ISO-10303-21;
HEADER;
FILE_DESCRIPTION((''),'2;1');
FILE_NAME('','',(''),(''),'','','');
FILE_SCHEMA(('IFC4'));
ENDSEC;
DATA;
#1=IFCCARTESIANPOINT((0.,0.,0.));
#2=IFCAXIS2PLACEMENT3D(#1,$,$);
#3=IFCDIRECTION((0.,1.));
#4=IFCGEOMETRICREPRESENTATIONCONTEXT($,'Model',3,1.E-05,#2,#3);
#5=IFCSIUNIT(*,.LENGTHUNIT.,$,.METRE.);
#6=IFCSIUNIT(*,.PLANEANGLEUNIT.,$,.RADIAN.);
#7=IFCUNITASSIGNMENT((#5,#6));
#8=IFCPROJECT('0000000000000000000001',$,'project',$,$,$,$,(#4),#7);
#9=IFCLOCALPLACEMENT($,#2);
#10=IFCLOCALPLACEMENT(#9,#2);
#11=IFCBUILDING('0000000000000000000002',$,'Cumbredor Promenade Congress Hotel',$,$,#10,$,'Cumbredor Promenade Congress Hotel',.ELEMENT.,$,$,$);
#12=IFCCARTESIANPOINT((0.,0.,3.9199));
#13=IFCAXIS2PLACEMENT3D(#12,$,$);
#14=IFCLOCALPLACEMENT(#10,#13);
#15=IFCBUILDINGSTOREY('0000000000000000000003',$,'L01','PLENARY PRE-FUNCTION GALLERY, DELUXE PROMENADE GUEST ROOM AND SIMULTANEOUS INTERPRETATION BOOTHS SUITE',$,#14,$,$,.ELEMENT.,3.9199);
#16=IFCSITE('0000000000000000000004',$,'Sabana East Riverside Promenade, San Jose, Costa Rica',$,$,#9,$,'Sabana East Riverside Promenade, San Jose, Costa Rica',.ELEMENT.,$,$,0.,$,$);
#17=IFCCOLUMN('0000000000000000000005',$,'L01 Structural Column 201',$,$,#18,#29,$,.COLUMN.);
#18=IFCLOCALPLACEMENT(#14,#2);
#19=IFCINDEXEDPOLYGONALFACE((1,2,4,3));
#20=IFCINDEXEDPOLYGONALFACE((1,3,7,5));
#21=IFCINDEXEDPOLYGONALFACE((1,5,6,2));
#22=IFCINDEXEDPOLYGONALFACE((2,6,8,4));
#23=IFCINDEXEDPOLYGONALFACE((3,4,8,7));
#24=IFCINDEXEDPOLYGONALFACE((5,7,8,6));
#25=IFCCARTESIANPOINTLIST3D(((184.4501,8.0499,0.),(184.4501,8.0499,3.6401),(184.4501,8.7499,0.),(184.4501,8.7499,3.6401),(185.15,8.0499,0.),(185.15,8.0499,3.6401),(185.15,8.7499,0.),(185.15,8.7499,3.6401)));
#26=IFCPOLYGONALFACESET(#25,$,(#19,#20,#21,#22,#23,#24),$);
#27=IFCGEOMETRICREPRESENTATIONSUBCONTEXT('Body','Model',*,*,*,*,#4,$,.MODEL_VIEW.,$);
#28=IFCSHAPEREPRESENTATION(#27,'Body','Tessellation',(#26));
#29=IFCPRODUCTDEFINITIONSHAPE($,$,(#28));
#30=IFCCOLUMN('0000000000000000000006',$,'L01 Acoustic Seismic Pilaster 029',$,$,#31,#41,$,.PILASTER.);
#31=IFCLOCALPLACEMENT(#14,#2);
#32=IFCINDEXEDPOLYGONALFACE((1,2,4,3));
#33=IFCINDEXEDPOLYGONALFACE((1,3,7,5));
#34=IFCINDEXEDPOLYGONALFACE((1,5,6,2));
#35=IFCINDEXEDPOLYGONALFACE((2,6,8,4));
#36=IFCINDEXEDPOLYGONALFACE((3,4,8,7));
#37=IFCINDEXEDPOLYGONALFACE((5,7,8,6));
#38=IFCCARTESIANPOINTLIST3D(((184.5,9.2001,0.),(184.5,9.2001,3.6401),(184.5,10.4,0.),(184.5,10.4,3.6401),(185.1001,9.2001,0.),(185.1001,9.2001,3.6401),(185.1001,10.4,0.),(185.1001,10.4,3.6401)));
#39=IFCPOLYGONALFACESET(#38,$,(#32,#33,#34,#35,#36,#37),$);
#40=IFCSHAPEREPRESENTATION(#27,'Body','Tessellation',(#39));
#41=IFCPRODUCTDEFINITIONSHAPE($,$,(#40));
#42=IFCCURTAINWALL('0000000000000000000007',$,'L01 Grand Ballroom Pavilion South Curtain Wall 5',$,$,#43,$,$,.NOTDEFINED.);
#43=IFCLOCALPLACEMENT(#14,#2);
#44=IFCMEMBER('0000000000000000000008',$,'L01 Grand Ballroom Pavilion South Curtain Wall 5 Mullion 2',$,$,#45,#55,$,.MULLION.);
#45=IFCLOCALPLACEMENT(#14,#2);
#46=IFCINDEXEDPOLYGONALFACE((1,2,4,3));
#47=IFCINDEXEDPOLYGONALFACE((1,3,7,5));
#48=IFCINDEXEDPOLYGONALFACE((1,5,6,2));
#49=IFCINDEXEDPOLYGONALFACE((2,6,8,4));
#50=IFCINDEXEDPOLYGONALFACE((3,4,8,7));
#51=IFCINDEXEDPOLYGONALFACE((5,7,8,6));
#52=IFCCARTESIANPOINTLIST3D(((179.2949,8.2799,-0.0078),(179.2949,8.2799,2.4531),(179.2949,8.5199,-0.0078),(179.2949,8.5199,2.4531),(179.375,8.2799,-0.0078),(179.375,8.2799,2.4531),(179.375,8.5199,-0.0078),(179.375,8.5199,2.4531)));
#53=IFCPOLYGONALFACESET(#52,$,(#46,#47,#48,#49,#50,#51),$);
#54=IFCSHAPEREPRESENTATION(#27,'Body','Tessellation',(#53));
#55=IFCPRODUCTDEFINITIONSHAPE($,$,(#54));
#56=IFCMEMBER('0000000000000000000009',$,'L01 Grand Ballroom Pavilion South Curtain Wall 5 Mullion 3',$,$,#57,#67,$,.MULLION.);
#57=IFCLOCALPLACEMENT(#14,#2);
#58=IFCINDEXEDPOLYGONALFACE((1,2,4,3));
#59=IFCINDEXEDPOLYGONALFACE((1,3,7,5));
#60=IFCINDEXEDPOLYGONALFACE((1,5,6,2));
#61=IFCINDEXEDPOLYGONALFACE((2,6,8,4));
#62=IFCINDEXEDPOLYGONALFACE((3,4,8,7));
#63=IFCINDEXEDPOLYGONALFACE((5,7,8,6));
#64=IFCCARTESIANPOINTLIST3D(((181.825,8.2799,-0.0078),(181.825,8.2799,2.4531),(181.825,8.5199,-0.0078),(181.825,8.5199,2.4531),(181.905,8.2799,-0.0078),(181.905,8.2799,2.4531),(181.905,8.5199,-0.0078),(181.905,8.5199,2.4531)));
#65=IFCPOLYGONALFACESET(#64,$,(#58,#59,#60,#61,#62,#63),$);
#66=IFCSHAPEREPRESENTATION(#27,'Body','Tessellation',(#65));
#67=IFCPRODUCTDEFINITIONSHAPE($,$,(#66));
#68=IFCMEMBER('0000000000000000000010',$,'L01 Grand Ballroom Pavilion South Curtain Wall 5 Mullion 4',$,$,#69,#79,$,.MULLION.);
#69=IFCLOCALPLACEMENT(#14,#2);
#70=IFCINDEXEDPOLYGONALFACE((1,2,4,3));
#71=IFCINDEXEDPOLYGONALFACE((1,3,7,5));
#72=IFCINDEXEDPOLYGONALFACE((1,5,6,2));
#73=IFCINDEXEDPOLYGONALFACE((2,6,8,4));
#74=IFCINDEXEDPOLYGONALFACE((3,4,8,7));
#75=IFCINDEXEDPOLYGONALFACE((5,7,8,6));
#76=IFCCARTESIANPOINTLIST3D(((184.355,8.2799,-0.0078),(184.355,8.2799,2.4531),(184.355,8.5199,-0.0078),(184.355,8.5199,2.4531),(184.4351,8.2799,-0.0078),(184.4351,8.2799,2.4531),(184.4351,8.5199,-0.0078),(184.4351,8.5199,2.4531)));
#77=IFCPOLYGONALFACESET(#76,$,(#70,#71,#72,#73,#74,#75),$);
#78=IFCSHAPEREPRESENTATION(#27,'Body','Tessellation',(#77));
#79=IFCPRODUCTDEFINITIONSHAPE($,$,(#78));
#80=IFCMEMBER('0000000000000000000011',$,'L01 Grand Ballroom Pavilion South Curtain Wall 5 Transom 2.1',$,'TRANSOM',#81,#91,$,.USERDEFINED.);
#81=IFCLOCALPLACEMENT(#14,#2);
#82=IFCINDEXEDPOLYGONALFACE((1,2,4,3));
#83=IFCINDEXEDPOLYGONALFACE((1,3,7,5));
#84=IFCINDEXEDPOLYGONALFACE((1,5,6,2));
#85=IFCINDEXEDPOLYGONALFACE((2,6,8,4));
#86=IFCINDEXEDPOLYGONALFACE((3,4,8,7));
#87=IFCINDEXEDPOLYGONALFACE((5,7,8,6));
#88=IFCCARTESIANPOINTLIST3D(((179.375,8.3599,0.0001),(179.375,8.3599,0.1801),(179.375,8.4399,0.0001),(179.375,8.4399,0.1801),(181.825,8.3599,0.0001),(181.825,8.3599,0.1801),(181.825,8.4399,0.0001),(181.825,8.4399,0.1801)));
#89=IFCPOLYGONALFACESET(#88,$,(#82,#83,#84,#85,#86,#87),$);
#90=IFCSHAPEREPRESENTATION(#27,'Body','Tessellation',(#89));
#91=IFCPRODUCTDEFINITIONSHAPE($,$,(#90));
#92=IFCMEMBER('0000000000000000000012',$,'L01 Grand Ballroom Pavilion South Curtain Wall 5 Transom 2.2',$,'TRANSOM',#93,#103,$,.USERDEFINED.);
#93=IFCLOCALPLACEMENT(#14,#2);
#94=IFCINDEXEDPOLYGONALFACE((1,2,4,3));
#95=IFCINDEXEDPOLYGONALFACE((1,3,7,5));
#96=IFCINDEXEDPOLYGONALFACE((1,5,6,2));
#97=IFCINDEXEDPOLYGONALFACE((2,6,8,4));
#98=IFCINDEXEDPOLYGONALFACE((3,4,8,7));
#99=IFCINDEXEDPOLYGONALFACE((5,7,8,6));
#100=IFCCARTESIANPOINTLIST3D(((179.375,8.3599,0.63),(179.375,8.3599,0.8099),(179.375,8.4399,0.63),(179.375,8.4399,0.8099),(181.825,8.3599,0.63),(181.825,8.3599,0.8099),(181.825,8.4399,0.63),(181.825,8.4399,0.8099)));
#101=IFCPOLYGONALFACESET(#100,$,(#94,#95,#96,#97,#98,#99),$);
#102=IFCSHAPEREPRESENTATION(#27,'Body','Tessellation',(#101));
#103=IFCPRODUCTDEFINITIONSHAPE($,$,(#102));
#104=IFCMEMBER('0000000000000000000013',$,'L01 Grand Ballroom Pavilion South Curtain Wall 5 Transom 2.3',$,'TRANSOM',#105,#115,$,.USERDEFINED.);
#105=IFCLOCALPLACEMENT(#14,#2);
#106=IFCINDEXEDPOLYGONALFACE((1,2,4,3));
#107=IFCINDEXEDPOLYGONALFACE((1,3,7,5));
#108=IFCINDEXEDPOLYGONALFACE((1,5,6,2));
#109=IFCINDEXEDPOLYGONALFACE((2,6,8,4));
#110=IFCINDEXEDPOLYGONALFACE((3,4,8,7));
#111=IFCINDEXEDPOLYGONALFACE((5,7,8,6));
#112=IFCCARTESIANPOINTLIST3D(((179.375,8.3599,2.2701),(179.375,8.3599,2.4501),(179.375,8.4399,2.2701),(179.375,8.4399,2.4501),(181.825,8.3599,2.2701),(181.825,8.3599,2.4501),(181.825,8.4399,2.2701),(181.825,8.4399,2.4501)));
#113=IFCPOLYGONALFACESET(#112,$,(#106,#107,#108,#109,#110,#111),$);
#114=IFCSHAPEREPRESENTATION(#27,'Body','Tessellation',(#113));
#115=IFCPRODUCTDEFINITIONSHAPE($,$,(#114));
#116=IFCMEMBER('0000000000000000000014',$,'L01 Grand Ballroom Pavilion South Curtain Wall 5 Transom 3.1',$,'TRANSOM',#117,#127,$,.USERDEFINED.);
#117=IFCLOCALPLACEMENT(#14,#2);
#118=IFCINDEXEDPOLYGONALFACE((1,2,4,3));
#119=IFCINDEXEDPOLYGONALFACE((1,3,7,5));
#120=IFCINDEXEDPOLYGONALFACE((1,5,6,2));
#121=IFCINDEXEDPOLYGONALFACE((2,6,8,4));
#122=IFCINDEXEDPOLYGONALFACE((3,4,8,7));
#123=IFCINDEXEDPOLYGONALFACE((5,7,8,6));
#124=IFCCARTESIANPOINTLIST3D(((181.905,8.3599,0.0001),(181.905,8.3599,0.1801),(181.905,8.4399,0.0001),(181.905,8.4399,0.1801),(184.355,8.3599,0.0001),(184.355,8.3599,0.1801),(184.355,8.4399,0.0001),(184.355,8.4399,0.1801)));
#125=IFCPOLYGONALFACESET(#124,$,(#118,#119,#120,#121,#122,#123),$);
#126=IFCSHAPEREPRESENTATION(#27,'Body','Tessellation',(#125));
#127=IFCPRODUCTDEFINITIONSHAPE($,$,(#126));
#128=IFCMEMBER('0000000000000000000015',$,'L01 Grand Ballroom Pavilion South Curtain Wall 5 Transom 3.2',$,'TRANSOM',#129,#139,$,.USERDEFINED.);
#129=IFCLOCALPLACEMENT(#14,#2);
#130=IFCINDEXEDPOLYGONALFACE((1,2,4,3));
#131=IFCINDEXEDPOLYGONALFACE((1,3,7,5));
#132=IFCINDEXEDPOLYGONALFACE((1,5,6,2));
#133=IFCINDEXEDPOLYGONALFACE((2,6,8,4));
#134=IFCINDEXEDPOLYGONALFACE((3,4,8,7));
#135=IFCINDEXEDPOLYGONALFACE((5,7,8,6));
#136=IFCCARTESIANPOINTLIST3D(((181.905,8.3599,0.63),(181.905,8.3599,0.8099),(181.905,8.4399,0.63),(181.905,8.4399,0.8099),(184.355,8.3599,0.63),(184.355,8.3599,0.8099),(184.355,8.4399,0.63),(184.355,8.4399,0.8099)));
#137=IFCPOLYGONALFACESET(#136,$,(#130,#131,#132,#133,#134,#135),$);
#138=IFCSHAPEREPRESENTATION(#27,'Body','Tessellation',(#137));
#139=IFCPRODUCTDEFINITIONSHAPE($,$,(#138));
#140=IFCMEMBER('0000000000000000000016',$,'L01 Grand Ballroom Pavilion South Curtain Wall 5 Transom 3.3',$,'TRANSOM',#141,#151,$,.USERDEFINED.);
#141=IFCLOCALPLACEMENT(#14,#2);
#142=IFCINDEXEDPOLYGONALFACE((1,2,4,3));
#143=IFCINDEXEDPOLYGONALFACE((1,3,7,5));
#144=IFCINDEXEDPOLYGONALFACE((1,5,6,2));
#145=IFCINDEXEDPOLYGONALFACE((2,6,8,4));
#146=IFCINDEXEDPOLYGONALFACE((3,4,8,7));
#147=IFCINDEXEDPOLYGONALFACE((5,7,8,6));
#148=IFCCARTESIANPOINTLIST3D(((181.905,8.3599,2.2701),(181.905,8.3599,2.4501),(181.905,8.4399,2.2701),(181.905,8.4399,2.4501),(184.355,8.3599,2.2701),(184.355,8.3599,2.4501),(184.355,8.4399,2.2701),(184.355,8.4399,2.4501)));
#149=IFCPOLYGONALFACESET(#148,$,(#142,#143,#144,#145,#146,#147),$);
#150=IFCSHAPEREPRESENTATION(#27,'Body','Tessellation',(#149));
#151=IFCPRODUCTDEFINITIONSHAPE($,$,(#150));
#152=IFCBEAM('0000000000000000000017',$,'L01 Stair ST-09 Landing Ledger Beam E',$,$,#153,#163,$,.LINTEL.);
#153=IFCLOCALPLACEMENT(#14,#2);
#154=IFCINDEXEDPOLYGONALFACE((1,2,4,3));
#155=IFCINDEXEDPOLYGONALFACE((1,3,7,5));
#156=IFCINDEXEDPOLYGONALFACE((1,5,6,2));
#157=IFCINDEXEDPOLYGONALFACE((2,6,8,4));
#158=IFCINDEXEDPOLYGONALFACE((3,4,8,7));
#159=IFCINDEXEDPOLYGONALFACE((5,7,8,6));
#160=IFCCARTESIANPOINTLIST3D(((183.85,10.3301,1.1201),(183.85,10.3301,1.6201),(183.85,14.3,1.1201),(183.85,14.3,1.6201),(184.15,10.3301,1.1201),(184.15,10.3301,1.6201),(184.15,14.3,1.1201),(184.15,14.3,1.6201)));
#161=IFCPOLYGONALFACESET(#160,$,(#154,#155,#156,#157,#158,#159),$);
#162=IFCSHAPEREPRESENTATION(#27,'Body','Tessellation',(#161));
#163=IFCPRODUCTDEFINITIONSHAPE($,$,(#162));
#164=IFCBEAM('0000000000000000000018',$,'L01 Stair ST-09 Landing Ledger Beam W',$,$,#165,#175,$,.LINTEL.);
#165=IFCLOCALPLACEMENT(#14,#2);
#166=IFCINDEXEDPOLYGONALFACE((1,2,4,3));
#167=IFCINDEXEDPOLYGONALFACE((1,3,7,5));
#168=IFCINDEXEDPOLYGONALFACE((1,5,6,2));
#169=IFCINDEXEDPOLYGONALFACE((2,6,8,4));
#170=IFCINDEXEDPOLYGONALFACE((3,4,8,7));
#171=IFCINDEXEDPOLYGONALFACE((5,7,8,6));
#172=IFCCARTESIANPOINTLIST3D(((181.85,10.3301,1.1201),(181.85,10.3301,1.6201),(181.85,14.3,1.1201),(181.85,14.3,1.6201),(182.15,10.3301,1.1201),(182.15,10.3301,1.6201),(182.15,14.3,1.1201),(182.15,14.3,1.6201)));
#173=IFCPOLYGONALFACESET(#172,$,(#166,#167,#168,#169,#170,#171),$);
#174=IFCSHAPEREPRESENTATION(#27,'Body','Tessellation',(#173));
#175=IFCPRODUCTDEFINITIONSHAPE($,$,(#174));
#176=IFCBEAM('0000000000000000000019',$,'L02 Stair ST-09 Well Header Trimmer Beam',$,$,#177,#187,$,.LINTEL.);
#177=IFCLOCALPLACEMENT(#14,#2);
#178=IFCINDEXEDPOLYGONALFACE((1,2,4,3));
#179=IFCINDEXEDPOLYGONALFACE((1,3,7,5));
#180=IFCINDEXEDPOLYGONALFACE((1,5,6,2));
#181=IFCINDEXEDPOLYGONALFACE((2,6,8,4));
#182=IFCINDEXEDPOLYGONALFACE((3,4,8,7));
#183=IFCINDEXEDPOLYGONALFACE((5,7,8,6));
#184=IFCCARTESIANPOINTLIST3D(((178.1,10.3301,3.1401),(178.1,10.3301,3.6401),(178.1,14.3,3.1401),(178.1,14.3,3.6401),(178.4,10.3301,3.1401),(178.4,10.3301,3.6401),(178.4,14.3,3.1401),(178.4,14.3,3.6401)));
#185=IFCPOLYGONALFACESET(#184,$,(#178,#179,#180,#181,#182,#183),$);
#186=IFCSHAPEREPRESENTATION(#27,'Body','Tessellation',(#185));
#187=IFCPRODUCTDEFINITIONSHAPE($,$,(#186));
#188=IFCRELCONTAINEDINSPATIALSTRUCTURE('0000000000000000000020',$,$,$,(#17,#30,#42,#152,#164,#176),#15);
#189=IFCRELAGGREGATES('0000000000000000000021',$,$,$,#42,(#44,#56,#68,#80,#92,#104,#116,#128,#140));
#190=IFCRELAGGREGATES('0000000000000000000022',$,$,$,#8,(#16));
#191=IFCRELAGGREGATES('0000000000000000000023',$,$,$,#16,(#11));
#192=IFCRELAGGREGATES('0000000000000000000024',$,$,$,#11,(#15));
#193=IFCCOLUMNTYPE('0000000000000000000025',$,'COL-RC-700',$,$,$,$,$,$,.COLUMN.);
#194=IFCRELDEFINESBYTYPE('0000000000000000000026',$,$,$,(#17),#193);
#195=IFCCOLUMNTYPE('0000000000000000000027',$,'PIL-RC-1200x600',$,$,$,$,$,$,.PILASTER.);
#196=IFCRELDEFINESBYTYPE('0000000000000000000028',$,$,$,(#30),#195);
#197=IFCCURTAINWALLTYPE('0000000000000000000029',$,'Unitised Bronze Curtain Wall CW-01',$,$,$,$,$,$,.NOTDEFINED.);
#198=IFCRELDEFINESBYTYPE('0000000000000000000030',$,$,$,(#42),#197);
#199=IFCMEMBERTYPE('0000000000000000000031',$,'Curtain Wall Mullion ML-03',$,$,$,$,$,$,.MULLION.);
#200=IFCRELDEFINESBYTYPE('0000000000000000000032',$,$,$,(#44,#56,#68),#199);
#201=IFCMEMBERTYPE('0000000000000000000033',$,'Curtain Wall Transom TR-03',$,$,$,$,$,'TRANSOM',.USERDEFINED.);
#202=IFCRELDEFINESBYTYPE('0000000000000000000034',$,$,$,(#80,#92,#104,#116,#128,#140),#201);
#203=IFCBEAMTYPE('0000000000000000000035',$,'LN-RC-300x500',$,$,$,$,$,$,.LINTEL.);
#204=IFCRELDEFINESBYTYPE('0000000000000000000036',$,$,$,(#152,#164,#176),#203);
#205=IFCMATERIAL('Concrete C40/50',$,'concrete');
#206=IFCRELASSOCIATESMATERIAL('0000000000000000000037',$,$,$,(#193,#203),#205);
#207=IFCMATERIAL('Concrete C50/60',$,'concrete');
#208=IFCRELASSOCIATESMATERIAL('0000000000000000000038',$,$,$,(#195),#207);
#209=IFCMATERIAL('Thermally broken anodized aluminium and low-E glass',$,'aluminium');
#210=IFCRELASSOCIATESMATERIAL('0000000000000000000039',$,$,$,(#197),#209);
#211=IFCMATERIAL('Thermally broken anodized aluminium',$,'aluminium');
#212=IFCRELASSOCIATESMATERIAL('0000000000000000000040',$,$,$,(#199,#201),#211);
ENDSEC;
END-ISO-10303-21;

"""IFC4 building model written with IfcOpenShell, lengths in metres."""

from ifc_helpers import new_model, si_unit, direction, frame, origin, origin_2d, place, context, subcontext, project, spatial, rectangle, extrude, material, material_profile, profile_set, type_object, element, aggregate, save


model = new_model("IFC4")

# Units and contexts
model_context = context("Model", 3, precision=1e-05, world=origin(), true_north=direction((0.0, 1.0)))
body_context = subcontext(model_context, "Body", "Model", "MODEL_VIEW")
ifc_project = project(units=[si_unit("LENGTHUNIT", "METRE"), si_unit("PLANEANGLEUNIT", "RADIAN")], contexts=[model_context])

# Site, building, storey
site_placement = place(None, origin())
site = spatial("IfcSite", under=ifc_project, at=site_placement, Name="Sabana East Riverside Promenade, San Jose, Costa Rica", LongName="Sabana East Riverside Promenade, San Jose, Costa Rica", CompositionType="ELEMENT", RefElevation=0.0)
building_placement = place(site_placement, origin())
building = spatial("IfcBuilding", under=site, at=building_placement, Name="Cumbredor Promenade Congress Hotel", LongName="Cumbredor Promenade Congress Hotel", CompositionType="ELEMENT")
storey_placement = place(building_placement, frame((0.0, 0.0, 3.9199)))
storey = spatial("IfcBuildingStorey", under=building, at=storey_placement, Name="L01", Description="PLENARY PRE-FUNCTION GALLERY, DELUXE PROMENADE GUEST ROOM AND SIMULTANEOUS INTERPRETATION BOOTHS SUITE", CompositionType="ELEMENT", Elevation=3.9199)

# Columns
ifc_material_1 = material(Name="Concrete C40/50", Category="concrete")
ifc_material_profile_1 = material_profile(ifc_material_1, rectangle(XDim=0.7, YDim=0.7, at=origin_2d()), Name="RC 700x700")
ifc_profile_set_1 = profile_set([ifc_material_profile_1], Name="Concrete C40/50")
column_type_1 = type_object("IfcColumnType", Name="COL-RC-700", PredefinedType="COLUMN", material=ifc_profile_set_1)
column_1_placement = place(storey_placement, frame((184.8, 8.3999, 0.0), z_axis=(0.0, 0.0, 1.0), x_axis=(1.0, 0.0, 0.0)))
element("IfcColumn", 1, at=column_1_placement, inside=storey, type_object=column_type_1, Name="L01 Structural Column 201", PredefinedType="COLUMN", context=body_context, shape_type="SweptSolid", body=[
    extrude(rectangle(XDim=0.7, YDim=0.7, at=origin_2d()), origin(), (0.0, 0.0, 1.0), 3.6401),
])
ifc_material_2 = material(Name="Concrete C50/60", Category="concrete")
ifc_material_profile_2 = material_profile(ifc_material_2, rectangle(XDim=0.6001, YDim=1.2, at=origin_2d()), Name="RC PILASTER 1200x600")
ifc_profile_set_2 = profile_set([ifc_material_profile_2], Name="Concrete C50/60")
column_type_2 = type_object("IfcColumnType", Name="PIL-RC-1200x600", PredefinedType="PILASTER", material=ifc_profile_set_2)
column_2_placement = place(storey_placement, frame((184.8, 9.8, 0.0), z_axis=(0.0, 0.0, 1.0), x_axis=(1.0, 0.0, 0.0)))
element("IfcColumn", 2, at=column_2_placement, inside=storey, type_object=column_type_2, Name="L01 Acoustic Seismic Pilaster 029", PredefinedType="PILASTER", context=body_context, shape_type="SweptSolid", body=[
    extrude(rectangle(XDim=0.6001, YDim=1.2, at=origin_2d()), origin(), (0.0, 0.0, 1.0), 3.6401),
])

# Curtain wall, members
ifc_material_3 = material(Name="Thermally broken anodized aluminium and low-E glass", Category="aluminium")
curtain_wall_type = type_object("IfcCurtainWallType", Name="Unitised Bronze Curtain Wall CW-01", PredefinedType="NOTDEFINED", material=ifc_material_3)
curtain_wall_placement = place(storey_placement, origin())
curtain_wall = element("IfcCurtainWall", 3, at=curtain_wall_placement, inside=storey, type_object=curtain_wall_type, Name="L01 Grand Ballroom Pavilion South Curtain Wall 5", PredefinedType="NOTDEFINED")
ifc_material_4 = material(Name="Thermally broken anodized aluminium", Category="aluminium")
ifc_material_profile_3 = material_profile(ifc_material_4, rectangle(XDim=0.0801, YDim=0.24, at=origin_2d()), Name="ALU MULLION 80x240")
ifc_profile_set_3 = profile_set([ifc_material_profile_3], Name="Thermally broken anodized aluminium")
member_type_1 = type_object("IfcMemberType", Name="Curtain Wall Mullion ML-03", PredefinedType="MULLION", material=ifc_profile_set_3)
member_1_placement = place(storey_placement, frame((179.335, 8.3999, -0.0078), z_axis=(0.0, 0.0, 1.0), x_axis=(1.0, 0.0, 0.0)))
member_1 = element("IfcMember", 4, at=member_1_placement, type_object=member_type_1, Name="L01 Grand Ballroom Pavilion South Curtain Wall 5 Mullion 2", PredefinedType="MULLION", context=body_context, shape_type="SweptSolid", body=[
    extrude(rectangle(XDim=0.0801, YDim=0.24, at=origin_2d()), origin(), (0.0, 0.0, 1.0), 2.4609),
])
member_2_placement = place(storey_placement, frame((181.865, 8.3999, -0.0078), z_axis=(0.0, 0.0, 1.0), x_axis=(1.0, 0.0, 0.0)))
member_2 = element("IfcMember", 5, at=member_2_placement, type_object=member_type_1, Name="L01 Grand Ballroom Pavilion South Curtain Wall 5 Mullion 3", PredefinedType="MULLION", context=body_context, shape_type="SweptSolid", body=[
    extrude(rectangle(XDim=0.0801, YDim=0.24, at=origin_2d()), origin(), (0.0, 0.0, 1.0), 2.4609),
])
member_3_placement = place(storey_placement, frame((184.395, 8.3999, -0.0078), z_axis=(0.0, 0.0, 1.0), x_axis=(1.0, 0.0, 0.0)))
member_3 = element("IfcMember", 6, at=member_3_placement, type_object=member_type_1, Name="L01 Grand Ballroom Pavilion South Curtain Wall 5 Mullion 4", PredefinedType="MULLION", context=body_context, shape_type="SweptSolid", body=[
    extrude(rectangle(XDim=0.0801, YDim=0.24, at=origin_2d()), origin(), (0.0, 0.0, 1.0), 2.4609),
])
ifc_material_profile_4 = material_profile(ifc_material_4, rectangle(XDim=0.0801, YDim=0.1799, at=origin_2d()), Name="ALU TRANSOM 80x180")
ifc_profile_set_4 = profile_set([ifc_material_profile_4], Name="Thermally broken anodized aluminium")
member_type_2 = type_object("IfcMemberType", Name="Curtain Wall Transom TR-03", ElementType="TRANSOM", PredefinedType="USERDEFINED", material=ifc_profile_set_4)
member_4_placement = place(storey_placement, frame((179.375, 8.3999, 0.0901), z_axis=(1.0, 0.0, 0.0), x_axis=(0.0, 1.0, 0.0)))
member_4 = element("IfcMember", 7, at=member_4_placement, type_object=member_type_2, Name="L01 Grand Ballroom Pavilion South Curtain Wall 5 Transom 2.1", ObjectType="TRANSOM", PredefinedType="USERDEFINED", context=body_context, shape_type="SweptSolid", body=[
    extrude(rectangle(XDim=0.0801, YDim=0.1799, at=origin_2d()), origin(), (0.0, 0.0, 1.0), 2.45),
])
member_5_placement = place(storey_placement, frame((179.375, 8.3999, 0.72), z_axis=(1.0, 0.0, 0.0), x_axis=(0.0, 1.0, 0.0)))
member_5 = element("IfcMember", 8, at=member_5_placement, type_object=member_type_2, Name="L01 Grand Ballroom Pavilion South Curtain Wall 5 Transom 2.2", ObjectType="TRANSOM", PredefinedType="USERDEFINED", context=body_context, shape_type="SweptSolid", body=[
    extrude(rectangle(XDim=0.0801, YDim=0.1799, at=origin_2d()), origin(), (0.0, 0.0, 1.0), 2.45),
])
member_6_placement = place(storey_placement, frame((179.375, 8.3999, 2.3601), z_axis=(1.0, 0.0, 0.0), x_axis=(0.0, 1.0, 0.0)))
member_6 = element("IfcMember", 9, at=member_6_placement, type_object=member_type_2, Name="L01 Grand Ballroom Pavilion South Curtain Wall 5 Transom 2.3", ObjectType="TRANSOM", PredefinedType="USERDEFINED", context=body_context, shape_type="SweptSolid", body=[
    extrude(rectangle(XDim=0.0801, YDim=0.1799, at=origin_2d()), origin(), (0.0, 0.0, 1.0), 2.45),
])
member_7_placement = place(storey_placement, frame((181.905, 8.3999, 0.0901), z_axis=(1.0, 0.0, 0.0), x_axis=(0.0, 1.0, 0.0)))
member_7 = element("IfcMember", 10, at=member_7_placement, type_object=member_type_2, Name="L01 Grand Ballroom Pavilion South Curtain Wall 5 Transom 3.1", ObjectType="TRANSOM", PredefinedType="USERDEFINED", context=body_context, shape_type="SweptSolid", body=[
    extrude(rectangle(XDim=0.0801, YDim=0.1799, at=origin_2d()), origin(), (0.0, 0.0, 1.0), 2.45),
])
member_8_placement = place(storey_placement, frame((181.905, 8.3999, 0.72), z_axis=(1.0, 0.0, 0.0), x_axis=(0.0, 1.0, 0.0)))
member_8 = element("IfcMember", 11, at=member_8_placement, type_object=member_type_2, Name="L01 Grand Ballroom Pavilion South Curtain Wall 5 Transom 3.2", ObjectType="TRANSOM", PredefinedType="USERDEFINED", context=body_context, shape_type="SweptSolid", body=[
    extrude(rectangle(XDim=0.0801, YDim=0.1799, at=origin_2d()), origin(), (0.0, 0.0, 1.0), 2.45),
])
member_9_placement = place(storey_placement, frame((181.905, 8.3999, 2.3601), z_axis=(1.0, 0.0, 0.0), x_axis=(0.0, 1.0, 0.0)))
member_9 = element("IfcMember", 12, at=member_9_placement, type_object=member_type_2, Name="L01 Grand Ballroom Pavilion South Curtain Wall 5 Transom 3.3", ObjectType="TRANSOM", PredefinedType="USERDEFINED", context=body_context, shape_type="SweptSolid", body=[
    extrude(rectangle(XDim=0.0801, YDim=0.1799, at=origin_2d()), origin(), (0.0, 0.0, 1.0), 2.45),
])

# Beams
ifc_material_profile_5 = material_profile(ifc_material_1, rectangle(XDim=0.3, YDim=0.5, at=origin_2d()), Name="RC LINTEL 300x500")
ifc_profile_set_5 = profile_set([ifc_material_profile_5], Name="Concrete C40/50")
beam_type_1 = type_object("IfcBeamType", Name="LN-RC-300x500", PredefinedType="LINTEL", material=ifc_profile_set_5)
for number, where, z_axis, x_axis, name in (
    (13, (184.0, 10.3301, 1.3701), (0.0, 1.0, 0.0), (-1.0, 0.0, 0.0), "L01 Stair ST-09 Landing Ledger Beam E"),
    (14, (182.0, 10.3301, 1.3701), (0.0, 1.0, 0.0), (-1.0, 0.0, 0.0), "L01 Stair ST-09 Landing Ledger Beam W"),
    (15, (178.25, 10.3301, 3.3901), (0.0, 1.0, 0.0), (-1.0, 0.0, 0.0), "L02 Stair ST-09 Well Header Trimmer Beam"),
):
    element("IfcBeam", number, at=place(storey_placement, frame(where, z_axis=z_axis, x_axis=x_axis)), inside=storey, type_object=beam_type_1, Name=name, PredefinedType="LINTEL", context=body_context, shape_type="SweptSolid", body=[
        extrude(rectangle(XDim=0.3, YDim=0.5, at=origin_2d()), origin(), (0.0, 0.0, 1.0), 3.97),
    ])

aggregate(curtain_wall, [member_1, member_2, member_3, member_4, member_5, member_6, member_7, member_8, member_9])

save(model, "model.ifc")
